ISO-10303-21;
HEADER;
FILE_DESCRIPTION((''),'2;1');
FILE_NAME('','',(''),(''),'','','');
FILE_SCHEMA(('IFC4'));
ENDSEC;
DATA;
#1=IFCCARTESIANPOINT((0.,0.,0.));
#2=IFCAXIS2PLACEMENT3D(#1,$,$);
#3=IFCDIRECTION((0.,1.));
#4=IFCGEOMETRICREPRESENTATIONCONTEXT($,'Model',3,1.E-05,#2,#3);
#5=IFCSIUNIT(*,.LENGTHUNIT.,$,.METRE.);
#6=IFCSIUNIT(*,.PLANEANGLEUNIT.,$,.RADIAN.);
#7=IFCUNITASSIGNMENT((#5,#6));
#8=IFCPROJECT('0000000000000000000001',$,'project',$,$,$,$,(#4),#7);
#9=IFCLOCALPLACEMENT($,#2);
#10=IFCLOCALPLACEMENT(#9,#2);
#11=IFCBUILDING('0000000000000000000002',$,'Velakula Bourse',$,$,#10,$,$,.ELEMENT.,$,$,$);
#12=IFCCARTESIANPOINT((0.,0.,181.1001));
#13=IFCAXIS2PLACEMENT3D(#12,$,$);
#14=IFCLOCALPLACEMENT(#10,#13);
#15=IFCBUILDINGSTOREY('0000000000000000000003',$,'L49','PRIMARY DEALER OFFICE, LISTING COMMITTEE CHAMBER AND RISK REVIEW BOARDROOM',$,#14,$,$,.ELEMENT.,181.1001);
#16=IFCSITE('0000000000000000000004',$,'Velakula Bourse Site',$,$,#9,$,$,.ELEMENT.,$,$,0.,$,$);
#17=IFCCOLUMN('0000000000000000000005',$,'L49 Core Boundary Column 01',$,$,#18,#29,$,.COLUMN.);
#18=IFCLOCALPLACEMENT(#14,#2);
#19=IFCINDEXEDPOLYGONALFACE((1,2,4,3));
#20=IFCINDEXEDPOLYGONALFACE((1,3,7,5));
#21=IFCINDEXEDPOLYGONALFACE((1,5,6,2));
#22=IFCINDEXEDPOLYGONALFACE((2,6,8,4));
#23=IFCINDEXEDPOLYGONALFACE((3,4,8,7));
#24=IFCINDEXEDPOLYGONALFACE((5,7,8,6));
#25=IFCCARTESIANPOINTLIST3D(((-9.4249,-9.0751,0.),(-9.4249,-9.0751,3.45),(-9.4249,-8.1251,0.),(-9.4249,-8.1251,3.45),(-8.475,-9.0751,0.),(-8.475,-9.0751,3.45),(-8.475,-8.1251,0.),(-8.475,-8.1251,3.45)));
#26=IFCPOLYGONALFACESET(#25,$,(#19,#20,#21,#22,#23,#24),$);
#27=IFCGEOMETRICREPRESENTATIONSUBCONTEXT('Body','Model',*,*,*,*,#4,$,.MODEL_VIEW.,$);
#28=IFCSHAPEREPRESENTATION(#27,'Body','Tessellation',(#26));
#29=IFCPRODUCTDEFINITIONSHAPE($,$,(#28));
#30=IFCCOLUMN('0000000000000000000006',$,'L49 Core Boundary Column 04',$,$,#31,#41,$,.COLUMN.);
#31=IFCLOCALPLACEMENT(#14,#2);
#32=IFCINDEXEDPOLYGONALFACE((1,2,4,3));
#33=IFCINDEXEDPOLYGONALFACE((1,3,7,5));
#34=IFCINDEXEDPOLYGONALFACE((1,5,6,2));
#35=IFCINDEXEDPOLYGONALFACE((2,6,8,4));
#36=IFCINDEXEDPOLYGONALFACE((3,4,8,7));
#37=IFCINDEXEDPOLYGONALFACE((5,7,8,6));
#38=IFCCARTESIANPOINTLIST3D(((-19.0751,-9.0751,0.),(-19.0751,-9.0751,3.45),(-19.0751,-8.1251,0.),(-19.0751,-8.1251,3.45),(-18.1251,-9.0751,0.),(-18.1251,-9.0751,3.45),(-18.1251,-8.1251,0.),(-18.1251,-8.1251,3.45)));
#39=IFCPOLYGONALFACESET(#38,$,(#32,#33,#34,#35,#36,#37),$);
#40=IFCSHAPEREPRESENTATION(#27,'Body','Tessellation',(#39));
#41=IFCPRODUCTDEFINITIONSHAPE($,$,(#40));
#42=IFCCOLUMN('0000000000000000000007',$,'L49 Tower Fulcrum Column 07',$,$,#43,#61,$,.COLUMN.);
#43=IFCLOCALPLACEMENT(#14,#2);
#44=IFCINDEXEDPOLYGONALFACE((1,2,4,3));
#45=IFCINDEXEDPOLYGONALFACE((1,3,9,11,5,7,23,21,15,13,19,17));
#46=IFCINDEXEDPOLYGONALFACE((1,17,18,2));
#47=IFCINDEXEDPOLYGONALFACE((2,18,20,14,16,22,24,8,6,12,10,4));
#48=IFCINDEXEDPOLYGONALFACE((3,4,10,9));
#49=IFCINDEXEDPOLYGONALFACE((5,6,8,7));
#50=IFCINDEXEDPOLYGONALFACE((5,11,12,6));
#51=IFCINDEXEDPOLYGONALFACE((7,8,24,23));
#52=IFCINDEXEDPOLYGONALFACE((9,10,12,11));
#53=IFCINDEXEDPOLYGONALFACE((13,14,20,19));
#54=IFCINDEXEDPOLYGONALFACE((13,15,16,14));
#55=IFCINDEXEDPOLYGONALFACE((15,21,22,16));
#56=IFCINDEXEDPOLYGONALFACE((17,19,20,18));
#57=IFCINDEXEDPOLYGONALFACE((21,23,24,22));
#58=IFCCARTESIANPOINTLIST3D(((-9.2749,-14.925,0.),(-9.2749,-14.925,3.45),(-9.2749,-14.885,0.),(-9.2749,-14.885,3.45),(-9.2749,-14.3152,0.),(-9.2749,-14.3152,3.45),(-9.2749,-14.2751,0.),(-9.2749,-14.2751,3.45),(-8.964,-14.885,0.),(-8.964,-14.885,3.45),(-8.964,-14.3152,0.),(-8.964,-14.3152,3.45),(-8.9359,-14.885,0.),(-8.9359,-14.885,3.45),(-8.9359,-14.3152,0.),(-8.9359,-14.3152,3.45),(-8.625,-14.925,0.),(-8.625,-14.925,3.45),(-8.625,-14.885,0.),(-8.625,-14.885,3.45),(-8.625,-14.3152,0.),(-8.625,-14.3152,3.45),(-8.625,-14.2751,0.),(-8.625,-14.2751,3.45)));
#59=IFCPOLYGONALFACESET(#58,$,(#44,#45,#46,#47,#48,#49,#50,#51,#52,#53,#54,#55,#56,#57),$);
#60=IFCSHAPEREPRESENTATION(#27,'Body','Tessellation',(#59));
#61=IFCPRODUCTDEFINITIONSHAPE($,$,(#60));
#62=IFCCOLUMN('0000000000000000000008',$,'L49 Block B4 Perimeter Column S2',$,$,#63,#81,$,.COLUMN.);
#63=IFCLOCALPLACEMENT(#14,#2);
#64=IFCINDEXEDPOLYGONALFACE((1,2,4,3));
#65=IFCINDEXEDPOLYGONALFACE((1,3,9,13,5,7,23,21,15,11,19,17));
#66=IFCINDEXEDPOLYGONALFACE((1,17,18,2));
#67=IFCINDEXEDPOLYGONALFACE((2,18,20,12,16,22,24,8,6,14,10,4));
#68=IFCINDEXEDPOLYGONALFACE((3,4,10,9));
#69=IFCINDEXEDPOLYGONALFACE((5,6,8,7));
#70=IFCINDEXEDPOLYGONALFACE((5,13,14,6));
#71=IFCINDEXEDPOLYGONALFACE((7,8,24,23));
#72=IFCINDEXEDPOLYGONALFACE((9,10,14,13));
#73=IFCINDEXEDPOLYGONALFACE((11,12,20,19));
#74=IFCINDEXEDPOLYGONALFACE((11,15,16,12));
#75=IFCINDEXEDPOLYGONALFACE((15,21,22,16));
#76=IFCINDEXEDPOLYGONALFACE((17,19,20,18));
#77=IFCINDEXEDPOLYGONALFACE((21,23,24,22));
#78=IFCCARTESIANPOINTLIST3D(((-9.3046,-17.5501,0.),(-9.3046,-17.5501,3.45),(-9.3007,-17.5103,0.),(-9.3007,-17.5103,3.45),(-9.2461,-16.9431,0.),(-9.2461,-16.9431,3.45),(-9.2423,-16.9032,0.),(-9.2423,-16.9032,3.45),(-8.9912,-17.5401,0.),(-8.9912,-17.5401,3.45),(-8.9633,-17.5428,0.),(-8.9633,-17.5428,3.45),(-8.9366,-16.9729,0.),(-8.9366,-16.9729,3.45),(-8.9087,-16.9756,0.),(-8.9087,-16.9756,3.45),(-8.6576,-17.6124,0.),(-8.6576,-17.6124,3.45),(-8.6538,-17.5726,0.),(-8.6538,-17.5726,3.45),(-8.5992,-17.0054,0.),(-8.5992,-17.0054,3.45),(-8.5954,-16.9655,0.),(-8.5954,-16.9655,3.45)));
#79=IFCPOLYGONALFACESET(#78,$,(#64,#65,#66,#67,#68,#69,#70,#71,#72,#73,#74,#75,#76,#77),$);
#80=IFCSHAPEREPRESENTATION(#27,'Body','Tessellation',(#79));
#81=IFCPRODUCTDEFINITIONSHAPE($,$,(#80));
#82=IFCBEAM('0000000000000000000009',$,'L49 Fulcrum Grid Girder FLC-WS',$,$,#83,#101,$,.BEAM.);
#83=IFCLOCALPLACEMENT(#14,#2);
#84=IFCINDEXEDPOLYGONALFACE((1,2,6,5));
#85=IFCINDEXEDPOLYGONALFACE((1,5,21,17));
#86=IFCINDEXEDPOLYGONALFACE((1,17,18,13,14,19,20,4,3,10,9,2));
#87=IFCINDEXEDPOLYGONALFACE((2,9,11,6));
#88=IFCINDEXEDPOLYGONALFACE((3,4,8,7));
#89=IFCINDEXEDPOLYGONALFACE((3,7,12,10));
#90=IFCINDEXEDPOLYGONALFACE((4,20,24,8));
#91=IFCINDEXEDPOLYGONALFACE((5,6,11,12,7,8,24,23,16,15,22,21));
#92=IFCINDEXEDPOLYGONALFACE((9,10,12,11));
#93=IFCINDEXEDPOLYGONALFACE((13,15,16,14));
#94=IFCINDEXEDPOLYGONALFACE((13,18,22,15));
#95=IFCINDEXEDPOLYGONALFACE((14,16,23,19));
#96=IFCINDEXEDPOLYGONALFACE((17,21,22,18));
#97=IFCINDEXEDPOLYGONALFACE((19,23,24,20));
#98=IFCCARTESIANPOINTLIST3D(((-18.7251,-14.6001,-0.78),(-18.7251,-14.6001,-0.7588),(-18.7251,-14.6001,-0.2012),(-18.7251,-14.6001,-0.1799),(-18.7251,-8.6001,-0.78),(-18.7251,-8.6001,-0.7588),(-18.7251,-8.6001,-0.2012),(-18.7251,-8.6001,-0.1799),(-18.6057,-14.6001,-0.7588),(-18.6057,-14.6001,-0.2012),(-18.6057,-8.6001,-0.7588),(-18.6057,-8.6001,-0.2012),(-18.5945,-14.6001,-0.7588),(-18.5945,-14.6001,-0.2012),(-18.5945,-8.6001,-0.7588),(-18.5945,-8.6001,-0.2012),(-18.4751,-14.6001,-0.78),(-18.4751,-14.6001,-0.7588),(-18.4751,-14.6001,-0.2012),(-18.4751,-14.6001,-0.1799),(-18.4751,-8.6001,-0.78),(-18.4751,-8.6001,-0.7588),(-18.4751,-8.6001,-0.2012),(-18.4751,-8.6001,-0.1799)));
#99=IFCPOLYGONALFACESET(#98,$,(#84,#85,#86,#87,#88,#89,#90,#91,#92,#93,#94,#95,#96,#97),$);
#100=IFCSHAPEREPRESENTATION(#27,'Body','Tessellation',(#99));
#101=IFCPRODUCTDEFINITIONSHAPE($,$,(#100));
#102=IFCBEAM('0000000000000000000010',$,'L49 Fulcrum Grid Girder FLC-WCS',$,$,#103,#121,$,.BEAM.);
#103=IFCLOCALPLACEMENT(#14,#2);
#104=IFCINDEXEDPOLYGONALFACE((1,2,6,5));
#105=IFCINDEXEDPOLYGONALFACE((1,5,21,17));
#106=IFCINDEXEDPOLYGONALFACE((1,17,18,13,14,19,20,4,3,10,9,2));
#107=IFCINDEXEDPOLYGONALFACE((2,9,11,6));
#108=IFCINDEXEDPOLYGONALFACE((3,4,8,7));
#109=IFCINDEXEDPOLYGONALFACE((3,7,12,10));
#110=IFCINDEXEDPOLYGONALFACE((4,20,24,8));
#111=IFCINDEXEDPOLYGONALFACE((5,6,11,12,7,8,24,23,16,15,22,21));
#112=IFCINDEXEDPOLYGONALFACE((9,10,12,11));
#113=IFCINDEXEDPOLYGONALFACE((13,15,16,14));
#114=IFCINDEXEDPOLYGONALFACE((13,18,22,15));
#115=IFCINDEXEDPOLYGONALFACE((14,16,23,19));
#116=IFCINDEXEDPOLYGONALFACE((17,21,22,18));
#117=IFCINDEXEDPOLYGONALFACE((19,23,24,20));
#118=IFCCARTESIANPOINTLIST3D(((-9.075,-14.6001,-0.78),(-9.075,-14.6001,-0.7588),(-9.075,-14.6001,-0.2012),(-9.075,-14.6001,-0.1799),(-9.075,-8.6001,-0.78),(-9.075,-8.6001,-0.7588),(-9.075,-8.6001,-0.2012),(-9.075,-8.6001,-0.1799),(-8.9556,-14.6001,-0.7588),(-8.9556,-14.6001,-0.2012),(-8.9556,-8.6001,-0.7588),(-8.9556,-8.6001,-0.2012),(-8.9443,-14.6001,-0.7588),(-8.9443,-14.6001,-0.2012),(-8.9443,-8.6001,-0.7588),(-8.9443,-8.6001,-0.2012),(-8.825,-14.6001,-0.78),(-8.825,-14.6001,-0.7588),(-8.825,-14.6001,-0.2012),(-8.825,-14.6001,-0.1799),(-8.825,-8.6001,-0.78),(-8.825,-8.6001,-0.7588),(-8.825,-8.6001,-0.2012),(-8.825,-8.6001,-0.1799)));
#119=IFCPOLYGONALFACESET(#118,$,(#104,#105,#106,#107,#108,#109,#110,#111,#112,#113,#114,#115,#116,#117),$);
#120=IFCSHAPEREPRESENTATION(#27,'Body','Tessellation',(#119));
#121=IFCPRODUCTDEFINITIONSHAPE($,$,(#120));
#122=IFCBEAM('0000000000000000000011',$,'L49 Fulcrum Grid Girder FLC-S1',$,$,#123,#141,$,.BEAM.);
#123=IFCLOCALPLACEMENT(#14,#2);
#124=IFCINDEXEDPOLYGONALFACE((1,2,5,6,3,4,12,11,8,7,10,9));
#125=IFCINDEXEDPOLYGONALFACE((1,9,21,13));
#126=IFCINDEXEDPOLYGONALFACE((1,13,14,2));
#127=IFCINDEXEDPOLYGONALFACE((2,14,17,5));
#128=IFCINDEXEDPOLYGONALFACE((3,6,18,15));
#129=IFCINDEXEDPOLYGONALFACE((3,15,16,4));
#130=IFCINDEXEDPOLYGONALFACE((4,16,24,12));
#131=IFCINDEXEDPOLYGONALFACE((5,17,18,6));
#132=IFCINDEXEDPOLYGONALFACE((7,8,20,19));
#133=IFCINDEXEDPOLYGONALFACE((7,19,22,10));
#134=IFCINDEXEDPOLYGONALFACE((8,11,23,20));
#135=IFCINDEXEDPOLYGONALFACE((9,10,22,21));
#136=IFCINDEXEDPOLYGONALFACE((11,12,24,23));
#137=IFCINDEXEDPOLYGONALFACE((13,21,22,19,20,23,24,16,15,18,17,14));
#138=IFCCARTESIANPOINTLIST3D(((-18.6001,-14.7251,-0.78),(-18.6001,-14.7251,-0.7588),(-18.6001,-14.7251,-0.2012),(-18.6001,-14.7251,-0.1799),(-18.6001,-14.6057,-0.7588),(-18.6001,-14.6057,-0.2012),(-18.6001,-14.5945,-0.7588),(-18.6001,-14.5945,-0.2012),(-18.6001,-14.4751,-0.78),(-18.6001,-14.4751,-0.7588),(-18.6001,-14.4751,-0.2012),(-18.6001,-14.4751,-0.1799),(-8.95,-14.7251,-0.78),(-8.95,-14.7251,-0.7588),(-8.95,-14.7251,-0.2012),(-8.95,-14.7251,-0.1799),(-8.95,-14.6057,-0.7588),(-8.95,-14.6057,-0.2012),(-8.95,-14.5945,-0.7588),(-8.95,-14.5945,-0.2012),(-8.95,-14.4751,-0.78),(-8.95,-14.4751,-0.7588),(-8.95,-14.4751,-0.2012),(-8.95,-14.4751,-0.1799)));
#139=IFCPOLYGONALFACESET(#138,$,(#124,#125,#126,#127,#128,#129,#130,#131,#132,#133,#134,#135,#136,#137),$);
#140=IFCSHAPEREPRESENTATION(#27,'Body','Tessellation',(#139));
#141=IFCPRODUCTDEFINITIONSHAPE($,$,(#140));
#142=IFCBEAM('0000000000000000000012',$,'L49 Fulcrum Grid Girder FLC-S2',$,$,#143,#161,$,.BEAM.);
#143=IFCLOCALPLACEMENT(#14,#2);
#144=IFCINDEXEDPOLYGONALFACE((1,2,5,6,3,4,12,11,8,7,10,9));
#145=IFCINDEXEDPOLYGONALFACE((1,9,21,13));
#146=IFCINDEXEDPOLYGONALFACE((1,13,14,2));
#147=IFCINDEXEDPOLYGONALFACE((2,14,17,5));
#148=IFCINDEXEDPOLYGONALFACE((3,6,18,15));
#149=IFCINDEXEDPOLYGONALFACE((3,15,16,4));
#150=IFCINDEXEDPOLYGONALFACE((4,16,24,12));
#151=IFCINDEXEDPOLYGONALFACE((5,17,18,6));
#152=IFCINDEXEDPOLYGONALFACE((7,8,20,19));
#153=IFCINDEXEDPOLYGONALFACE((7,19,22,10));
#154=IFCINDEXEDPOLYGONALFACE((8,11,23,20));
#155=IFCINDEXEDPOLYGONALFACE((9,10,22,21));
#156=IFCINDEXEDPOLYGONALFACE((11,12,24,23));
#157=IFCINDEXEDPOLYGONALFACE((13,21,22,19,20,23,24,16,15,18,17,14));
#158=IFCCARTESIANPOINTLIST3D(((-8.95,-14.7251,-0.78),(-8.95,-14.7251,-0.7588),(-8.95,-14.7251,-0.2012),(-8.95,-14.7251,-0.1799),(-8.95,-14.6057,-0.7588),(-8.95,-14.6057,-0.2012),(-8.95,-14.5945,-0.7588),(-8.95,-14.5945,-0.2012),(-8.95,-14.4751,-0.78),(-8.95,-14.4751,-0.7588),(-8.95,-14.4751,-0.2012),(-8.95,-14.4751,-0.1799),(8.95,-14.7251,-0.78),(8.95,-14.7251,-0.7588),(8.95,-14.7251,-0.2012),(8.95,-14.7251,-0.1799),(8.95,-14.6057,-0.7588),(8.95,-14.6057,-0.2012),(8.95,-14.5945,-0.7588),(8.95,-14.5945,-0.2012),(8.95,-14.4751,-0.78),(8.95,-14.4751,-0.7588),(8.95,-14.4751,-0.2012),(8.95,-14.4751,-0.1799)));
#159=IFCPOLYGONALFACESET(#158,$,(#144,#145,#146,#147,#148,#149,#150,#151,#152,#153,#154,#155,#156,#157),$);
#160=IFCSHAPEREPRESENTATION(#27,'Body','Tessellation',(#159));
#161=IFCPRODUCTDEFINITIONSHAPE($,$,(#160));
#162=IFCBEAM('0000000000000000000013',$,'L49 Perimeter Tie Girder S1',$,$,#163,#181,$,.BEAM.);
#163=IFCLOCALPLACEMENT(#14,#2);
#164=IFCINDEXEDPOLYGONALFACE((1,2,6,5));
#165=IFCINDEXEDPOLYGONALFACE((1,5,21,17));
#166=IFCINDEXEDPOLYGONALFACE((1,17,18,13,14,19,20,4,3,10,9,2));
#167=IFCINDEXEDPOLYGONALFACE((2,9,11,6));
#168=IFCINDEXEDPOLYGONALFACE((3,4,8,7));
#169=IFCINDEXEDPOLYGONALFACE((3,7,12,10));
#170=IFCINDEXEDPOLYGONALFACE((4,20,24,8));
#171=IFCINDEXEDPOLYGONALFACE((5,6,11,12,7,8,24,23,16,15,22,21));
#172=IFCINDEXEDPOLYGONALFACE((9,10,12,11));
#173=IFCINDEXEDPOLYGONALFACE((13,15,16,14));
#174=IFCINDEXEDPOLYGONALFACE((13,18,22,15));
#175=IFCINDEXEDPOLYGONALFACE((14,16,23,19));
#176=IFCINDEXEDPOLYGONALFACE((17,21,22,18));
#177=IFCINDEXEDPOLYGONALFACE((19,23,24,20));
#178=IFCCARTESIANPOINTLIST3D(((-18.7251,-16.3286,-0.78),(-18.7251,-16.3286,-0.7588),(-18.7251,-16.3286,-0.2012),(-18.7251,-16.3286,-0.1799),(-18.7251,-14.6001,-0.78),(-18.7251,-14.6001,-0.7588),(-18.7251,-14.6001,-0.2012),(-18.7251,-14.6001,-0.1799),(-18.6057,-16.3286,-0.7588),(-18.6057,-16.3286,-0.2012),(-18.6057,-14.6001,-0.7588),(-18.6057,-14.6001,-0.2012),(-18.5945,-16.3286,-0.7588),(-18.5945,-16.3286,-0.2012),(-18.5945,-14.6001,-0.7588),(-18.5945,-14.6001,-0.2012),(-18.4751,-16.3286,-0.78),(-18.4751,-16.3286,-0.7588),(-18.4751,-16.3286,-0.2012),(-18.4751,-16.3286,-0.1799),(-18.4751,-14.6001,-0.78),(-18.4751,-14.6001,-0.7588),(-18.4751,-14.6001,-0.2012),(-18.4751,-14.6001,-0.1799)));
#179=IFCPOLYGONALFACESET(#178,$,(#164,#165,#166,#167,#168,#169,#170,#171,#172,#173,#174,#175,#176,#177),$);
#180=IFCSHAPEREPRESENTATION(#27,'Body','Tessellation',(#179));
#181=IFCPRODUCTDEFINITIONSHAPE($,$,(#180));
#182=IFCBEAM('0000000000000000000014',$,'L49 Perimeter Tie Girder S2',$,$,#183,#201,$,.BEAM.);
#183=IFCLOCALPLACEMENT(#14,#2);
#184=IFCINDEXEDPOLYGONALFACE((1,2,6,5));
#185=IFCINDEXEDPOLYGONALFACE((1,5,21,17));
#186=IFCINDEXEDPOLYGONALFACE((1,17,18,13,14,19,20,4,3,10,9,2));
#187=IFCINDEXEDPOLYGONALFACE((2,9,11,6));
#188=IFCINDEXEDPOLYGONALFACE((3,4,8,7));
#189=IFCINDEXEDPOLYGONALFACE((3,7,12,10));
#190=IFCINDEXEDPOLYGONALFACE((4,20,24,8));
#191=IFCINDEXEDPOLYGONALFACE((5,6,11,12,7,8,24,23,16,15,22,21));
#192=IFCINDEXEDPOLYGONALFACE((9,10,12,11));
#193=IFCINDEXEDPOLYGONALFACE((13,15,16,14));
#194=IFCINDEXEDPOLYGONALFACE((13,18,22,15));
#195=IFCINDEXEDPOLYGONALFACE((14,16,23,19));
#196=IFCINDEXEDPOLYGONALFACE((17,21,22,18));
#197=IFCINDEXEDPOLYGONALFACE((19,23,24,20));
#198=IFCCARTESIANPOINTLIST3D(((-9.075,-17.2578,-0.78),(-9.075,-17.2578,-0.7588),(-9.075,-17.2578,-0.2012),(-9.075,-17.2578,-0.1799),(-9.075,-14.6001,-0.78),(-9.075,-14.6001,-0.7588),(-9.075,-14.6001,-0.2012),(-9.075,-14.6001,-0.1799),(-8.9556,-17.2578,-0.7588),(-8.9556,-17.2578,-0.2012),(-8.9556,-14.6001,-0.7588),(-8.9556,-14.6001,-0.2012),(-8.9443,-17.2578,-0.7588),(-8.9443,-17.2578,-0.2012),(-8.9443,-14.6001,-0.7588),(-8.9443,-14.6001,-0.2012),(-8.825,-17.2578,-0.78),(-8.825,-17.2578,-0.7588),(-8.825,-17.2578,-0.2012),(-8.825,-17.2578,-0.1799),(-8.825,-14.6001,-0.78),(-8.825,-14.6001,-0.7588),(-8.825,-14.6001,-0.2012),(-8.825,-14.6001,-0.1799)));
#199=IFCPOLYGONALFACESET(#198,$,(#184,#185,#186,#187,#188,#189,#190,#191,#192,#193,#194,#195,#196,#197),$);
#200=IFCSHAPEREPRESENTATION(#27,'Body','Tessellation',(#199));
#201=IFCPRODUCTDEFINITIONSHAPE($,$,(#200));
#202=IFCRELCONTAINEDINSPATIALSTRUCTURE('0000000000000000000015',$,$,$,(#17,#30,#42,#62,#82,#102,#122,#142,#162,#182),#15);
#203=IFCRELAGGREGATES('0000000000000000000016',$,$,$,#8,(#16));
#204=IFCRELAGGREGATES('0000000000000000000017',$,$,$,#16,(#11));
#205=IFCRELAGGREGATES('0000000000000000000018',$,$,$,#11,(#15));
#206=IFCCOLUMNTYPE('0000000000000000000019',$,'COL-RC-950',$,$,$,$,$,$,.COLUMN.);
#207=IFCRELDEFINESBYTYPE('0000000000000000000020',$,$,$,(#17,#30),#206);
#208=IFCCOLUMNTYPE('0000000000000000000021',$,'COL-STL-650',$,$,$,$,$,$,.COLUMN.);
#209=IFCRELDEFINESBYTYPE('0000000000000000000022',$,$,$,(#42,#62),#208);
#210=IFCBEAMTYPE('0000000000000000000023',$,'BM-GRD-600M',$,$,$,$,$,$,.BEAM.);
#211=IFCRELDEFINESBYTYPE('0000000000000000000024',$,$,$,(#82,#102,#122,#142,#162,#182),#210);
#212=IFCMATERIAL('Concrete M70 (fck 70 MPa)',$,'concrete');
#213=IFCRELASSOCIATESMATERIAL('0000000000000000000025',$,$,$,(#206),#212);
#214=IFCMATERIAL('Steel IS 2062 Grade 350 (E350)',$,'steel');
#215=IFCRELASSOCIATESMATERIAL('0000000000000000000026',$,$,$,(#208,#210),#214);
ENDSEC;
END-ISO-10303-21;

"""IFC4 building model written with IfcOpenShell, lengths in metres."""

from ifc_helpers import new_model, si_unit, direction, frame, origin, origin_2d, place, context, subcontext, project, spatial, rectangle, i_section, extrude, material, material_profile, profile_set, type_object, element, save


model = new_model("IFC4")

# Units and contexts
model_context = context("Model", 3, precision=1e-05, world=origin(), true_north=direction((0.0, 1.0)))
body_context = subcontext(model_context, "Body", "Model", "MODEL_VIEW")
ifc_project = project(units=[si_unit("LENGTHUNIT", "METRE"), si_unit("PLANEANGLEUNIT", "RADIAN")], contexts=[model_context])

# Site, building, storey
site_placement = place(None, origin())
site = spatial("IfcSite", under=ifc_project, at=site_placement, Name="Velakula Bourse Site", CompositionType="ELEMENT", RefElevation=0.0)
building_placement = place(site_placement, origin())
building = spatial("IfcBuilding", under=site, at=building_placement, Name="Velakula Bourse", CompositionType="ELEMENT")
storey_placement = place(building_placement, frame((0.0, 0.0, 181.1001)))
storey = spatial("IfcBuildingStorey", under=building, at=storey_placement, Name="L49", Description="PRIMARY DEALER OFFICE, LISTING COMMITTEE CHAMBER AND RISK REVIEW BOARDROOM", CompositionType="ELEMENT", Elevation=181.1001)

# Columns
ifc_material_1 = material(Name="Concrete M70 (fck 70 MPa)", Category="concrete")
ifc_material_profile_1 = material_profile(ifc_material_1, rectangle(XDim=0.95, YDim=0.95, at=origin_2d()), Name="Concrete M70 (fck 70 MPa)")
ifc_profile_set_1 = profile_set([ifc_material_profile_1], Name="Concrete M70 (fck 70 MPa)")
column_type_1 = type_object("IfcColumnType", Name="COL-RC-950", PredefinedType="COLUMN", material=ifc_profile_set_1)
for number, where, z_axis, x_axis, name in (
    (1, (-8.95, -8.6001, 0.0), (0.0, 0.0, 1.0), (1.0, 0.0, 0.0), "L49 Core Boundary Column 01"),
    (2, (-18.6001, -8.6001, 0.0), (0.0, 0.0, 1.0), (1.0, 0.0, 0.0), "L49 Core Boundary Column 04"),
):
    element("IfcColumn", number, at=place(storey_placement, frame(where, z_axis=z_axis, x_axis=x_axis)), inside=storey, type_object=column_type_1, Name=name, PredefinedType="COLUMN", context=body_context, shape_type="SweptSolid", body=[
        extrude(rectangle(XDim=0.95, YDim=0.95, at=origin_2d()), origin(), (0.0, 0.0, 1.0), 3.45),
    ])
ifc_material_2 = material(Name="Steel IS 2062 Grade 350 (E350)", Category="steel")
ifc_material_profile_2 = material_profile(ifc_material_2, i_section(OverallWidth=0.6499, OverallDepth=0.6499, WebThickness=0.0281, FlangeThickness=0.04, at=origin_2d()), Name="Steel IS 2062 Grade 350 (E350)")
ifc_profile_set_2 = profile_set([ifc_material_profile_2], Name="Steel IS 2062 Grade 350 (E350)")
column_type_2 = type_object("IfcColumnType", Name="COL-STL-650", PredefinedType="COLUMN", material=ifc_profile_set_2)
for number, where, z_axis, x_axis, name in (
    (3, (-8.95, -14.6001, 0.0), (0.0, 0.0, 1.0), (1.0, 0.0, 0.0), "L49 Tower Fulcrum Column 07"),
    (4, (-8.95, -17.2578, 0.0), (0.0, 0.0, 1.0), (0.995396, -0.095846, 0.0), "L49 Block B4 Perimeter Column S2"),
):
    element("IfcColumn", number, at=place(storey_placement, frame(where, z_axis=z_axis, x_axis=x_axis)), inside=storey, type_object=column_type_2, Name=name, PredefinedType="COLUMN", context=body_context, shape_type="SweptSolid", body=[
        extrude(i_section(OverallWidth=0.6499, OverallDepth=0.6499, WebThickness=0.0281, FlangeThickness=0.04, at=origin_2d()), origin(), (0.0, 0.0, 1.0), 3.45),
    ])

# Beams
ifc_material_profile_3 = material_profile(ifc_material_2, i_section(OverallWidth=0.25, OverallDepth=0.6001, WebThickness=0.0112, FlangeThickness=0.0212, at=origin_2d()), Name="Steel IS 2062 Grade 350 (E350)")
ifc_profile_set_3 = profile_set([ifc_material_profile_3], Name="Steel IS 2062 Grade 350 (E350)")
beam_type_1 = type_object("IfcBeamType", Name="BM-GRD-600M", PredefinedType="BEAM", material=ifc_profile_set_3)
for number, where, z_axis, x_axis, name in (
    (5, (-18.6001, -14.6001, -0.48), (0.0, 1.0, 0.0), (-1.0, 0.0, 0.0), "L49 Fulcrum Grid Girder FLC-WS"),
    (6, (-8.95, -14.6001, -0.48), (0.0, 1.0, 0.0), (-1.0, 0.0, 0.0), "L49 Fulcrum Grid Girder FLC-WCS"),
):
    element("IfcBeam", number, at=place(storey_placement, frame(where, z_axis=z_axis, x_axis=x_axis)), inside=storey, type_object=beam_type_1, Name=name, PredefinedType="BEAM", context=body_context, shape_type="SweptSolid", body=[
        extrude(i_section(OverallWidth=0.25, OverallDepth=0.6001, WebThickness=0.0112, FlangeThickness=0.0212, at=origin_2d()), origin(), (0.0, 0.0, 1.0), 6.0),
    ])
beam_1_placement = place(storey_placement, frame((-18.6001, -14.6001, -0.48), z_axis=(1.0, 0.0, 0.0), x_axis=(0.0, 1.0, 0.0)))
element("IfcBeam", 7, at=beam_1_placement, inside=storey, type_object=beam_type_1, Name="L49 Fulcrum Grid Girder FLC-S1", PredefinedType="BEAM", context=body_context, shape_type="SweptSolid", body=[
    extrude(i_section(OverallWidth=0.25, OverallDepth=0.6001, WebThickness=0.0112, FlangeThickness=0.0212, at=origin_2d()), origin(), (0.0, 0.0, 1.0), 9.6501),
])
beam_2_placement = place(storey_placement, frame((-8.95, -14.6001, -0.48), z_axis=(1.0, 0.0, 0.0), x_axis=(0.0, 1.0, 0.0)))
element("IfcBeam", 8, at=beam_2_placement, inside=storey, type_object=beam_type_1, Name="L49 Fulcrum Grid Girder FLC-S2", PredefinedType="BEAM", context=body_context, shape_type="SweptSolid", body=[
    extrude(i_section(OverallWidth=0.25, OverallDepth=0.6001, WebThickness=0.0112, FlangeThickness=0.0212, at=origin_2d()), origin(), (0.0, 0.0, 1.0), 17.8999),
])
beam_3_placement = place(storey_placement, frame((-18.6001, -14.6001, -0.48), z_axis=(0.0, -1.0, 0.0), x_axis=(1.0, 0.0, 0.0)))
element("IfcBeam", 9, at=beam_3_placement, inside=storey, type_object=beam_type_1, Name="L49 Perimeter Tie Girder S1", PredefinedType="BEAM", context=body_context, shape_type="SweptSolid", body=[
    extrude(i_section(OverallWidth=0.25, OverallDepth=0.6001, WebThickness=0.0112, FlangeThickness=0.0212, at=origin_2d()), origin(), (0.0, 0.0, 1.0), 1.7285),
])
beam_4_placement = place(storey_placement, frame((-8.95, -14.6001, -0.48), z_axis=(0.0, -1.0, 0.0), x_axis=(1.0, 0.0, 0.0)))
element("IfcBeam", 10, at=beam_4_placement, inside=storey, type_object=beam_type_1, Name="L49 Perimeter Tie Girder S2", PredefinedType="BEAM", context=body_context, shape_type="SweptSolid", body=[
    extrude(i_section(OverallWidth=0.25, OverallDepth=0.6001, WebThickness=0.0112, FlangeThickness=0.0212, at=origin_2d()), origin(), (0.0, 0.0, 1.0), 2.6577),
])

save(model, "model.ifc")
